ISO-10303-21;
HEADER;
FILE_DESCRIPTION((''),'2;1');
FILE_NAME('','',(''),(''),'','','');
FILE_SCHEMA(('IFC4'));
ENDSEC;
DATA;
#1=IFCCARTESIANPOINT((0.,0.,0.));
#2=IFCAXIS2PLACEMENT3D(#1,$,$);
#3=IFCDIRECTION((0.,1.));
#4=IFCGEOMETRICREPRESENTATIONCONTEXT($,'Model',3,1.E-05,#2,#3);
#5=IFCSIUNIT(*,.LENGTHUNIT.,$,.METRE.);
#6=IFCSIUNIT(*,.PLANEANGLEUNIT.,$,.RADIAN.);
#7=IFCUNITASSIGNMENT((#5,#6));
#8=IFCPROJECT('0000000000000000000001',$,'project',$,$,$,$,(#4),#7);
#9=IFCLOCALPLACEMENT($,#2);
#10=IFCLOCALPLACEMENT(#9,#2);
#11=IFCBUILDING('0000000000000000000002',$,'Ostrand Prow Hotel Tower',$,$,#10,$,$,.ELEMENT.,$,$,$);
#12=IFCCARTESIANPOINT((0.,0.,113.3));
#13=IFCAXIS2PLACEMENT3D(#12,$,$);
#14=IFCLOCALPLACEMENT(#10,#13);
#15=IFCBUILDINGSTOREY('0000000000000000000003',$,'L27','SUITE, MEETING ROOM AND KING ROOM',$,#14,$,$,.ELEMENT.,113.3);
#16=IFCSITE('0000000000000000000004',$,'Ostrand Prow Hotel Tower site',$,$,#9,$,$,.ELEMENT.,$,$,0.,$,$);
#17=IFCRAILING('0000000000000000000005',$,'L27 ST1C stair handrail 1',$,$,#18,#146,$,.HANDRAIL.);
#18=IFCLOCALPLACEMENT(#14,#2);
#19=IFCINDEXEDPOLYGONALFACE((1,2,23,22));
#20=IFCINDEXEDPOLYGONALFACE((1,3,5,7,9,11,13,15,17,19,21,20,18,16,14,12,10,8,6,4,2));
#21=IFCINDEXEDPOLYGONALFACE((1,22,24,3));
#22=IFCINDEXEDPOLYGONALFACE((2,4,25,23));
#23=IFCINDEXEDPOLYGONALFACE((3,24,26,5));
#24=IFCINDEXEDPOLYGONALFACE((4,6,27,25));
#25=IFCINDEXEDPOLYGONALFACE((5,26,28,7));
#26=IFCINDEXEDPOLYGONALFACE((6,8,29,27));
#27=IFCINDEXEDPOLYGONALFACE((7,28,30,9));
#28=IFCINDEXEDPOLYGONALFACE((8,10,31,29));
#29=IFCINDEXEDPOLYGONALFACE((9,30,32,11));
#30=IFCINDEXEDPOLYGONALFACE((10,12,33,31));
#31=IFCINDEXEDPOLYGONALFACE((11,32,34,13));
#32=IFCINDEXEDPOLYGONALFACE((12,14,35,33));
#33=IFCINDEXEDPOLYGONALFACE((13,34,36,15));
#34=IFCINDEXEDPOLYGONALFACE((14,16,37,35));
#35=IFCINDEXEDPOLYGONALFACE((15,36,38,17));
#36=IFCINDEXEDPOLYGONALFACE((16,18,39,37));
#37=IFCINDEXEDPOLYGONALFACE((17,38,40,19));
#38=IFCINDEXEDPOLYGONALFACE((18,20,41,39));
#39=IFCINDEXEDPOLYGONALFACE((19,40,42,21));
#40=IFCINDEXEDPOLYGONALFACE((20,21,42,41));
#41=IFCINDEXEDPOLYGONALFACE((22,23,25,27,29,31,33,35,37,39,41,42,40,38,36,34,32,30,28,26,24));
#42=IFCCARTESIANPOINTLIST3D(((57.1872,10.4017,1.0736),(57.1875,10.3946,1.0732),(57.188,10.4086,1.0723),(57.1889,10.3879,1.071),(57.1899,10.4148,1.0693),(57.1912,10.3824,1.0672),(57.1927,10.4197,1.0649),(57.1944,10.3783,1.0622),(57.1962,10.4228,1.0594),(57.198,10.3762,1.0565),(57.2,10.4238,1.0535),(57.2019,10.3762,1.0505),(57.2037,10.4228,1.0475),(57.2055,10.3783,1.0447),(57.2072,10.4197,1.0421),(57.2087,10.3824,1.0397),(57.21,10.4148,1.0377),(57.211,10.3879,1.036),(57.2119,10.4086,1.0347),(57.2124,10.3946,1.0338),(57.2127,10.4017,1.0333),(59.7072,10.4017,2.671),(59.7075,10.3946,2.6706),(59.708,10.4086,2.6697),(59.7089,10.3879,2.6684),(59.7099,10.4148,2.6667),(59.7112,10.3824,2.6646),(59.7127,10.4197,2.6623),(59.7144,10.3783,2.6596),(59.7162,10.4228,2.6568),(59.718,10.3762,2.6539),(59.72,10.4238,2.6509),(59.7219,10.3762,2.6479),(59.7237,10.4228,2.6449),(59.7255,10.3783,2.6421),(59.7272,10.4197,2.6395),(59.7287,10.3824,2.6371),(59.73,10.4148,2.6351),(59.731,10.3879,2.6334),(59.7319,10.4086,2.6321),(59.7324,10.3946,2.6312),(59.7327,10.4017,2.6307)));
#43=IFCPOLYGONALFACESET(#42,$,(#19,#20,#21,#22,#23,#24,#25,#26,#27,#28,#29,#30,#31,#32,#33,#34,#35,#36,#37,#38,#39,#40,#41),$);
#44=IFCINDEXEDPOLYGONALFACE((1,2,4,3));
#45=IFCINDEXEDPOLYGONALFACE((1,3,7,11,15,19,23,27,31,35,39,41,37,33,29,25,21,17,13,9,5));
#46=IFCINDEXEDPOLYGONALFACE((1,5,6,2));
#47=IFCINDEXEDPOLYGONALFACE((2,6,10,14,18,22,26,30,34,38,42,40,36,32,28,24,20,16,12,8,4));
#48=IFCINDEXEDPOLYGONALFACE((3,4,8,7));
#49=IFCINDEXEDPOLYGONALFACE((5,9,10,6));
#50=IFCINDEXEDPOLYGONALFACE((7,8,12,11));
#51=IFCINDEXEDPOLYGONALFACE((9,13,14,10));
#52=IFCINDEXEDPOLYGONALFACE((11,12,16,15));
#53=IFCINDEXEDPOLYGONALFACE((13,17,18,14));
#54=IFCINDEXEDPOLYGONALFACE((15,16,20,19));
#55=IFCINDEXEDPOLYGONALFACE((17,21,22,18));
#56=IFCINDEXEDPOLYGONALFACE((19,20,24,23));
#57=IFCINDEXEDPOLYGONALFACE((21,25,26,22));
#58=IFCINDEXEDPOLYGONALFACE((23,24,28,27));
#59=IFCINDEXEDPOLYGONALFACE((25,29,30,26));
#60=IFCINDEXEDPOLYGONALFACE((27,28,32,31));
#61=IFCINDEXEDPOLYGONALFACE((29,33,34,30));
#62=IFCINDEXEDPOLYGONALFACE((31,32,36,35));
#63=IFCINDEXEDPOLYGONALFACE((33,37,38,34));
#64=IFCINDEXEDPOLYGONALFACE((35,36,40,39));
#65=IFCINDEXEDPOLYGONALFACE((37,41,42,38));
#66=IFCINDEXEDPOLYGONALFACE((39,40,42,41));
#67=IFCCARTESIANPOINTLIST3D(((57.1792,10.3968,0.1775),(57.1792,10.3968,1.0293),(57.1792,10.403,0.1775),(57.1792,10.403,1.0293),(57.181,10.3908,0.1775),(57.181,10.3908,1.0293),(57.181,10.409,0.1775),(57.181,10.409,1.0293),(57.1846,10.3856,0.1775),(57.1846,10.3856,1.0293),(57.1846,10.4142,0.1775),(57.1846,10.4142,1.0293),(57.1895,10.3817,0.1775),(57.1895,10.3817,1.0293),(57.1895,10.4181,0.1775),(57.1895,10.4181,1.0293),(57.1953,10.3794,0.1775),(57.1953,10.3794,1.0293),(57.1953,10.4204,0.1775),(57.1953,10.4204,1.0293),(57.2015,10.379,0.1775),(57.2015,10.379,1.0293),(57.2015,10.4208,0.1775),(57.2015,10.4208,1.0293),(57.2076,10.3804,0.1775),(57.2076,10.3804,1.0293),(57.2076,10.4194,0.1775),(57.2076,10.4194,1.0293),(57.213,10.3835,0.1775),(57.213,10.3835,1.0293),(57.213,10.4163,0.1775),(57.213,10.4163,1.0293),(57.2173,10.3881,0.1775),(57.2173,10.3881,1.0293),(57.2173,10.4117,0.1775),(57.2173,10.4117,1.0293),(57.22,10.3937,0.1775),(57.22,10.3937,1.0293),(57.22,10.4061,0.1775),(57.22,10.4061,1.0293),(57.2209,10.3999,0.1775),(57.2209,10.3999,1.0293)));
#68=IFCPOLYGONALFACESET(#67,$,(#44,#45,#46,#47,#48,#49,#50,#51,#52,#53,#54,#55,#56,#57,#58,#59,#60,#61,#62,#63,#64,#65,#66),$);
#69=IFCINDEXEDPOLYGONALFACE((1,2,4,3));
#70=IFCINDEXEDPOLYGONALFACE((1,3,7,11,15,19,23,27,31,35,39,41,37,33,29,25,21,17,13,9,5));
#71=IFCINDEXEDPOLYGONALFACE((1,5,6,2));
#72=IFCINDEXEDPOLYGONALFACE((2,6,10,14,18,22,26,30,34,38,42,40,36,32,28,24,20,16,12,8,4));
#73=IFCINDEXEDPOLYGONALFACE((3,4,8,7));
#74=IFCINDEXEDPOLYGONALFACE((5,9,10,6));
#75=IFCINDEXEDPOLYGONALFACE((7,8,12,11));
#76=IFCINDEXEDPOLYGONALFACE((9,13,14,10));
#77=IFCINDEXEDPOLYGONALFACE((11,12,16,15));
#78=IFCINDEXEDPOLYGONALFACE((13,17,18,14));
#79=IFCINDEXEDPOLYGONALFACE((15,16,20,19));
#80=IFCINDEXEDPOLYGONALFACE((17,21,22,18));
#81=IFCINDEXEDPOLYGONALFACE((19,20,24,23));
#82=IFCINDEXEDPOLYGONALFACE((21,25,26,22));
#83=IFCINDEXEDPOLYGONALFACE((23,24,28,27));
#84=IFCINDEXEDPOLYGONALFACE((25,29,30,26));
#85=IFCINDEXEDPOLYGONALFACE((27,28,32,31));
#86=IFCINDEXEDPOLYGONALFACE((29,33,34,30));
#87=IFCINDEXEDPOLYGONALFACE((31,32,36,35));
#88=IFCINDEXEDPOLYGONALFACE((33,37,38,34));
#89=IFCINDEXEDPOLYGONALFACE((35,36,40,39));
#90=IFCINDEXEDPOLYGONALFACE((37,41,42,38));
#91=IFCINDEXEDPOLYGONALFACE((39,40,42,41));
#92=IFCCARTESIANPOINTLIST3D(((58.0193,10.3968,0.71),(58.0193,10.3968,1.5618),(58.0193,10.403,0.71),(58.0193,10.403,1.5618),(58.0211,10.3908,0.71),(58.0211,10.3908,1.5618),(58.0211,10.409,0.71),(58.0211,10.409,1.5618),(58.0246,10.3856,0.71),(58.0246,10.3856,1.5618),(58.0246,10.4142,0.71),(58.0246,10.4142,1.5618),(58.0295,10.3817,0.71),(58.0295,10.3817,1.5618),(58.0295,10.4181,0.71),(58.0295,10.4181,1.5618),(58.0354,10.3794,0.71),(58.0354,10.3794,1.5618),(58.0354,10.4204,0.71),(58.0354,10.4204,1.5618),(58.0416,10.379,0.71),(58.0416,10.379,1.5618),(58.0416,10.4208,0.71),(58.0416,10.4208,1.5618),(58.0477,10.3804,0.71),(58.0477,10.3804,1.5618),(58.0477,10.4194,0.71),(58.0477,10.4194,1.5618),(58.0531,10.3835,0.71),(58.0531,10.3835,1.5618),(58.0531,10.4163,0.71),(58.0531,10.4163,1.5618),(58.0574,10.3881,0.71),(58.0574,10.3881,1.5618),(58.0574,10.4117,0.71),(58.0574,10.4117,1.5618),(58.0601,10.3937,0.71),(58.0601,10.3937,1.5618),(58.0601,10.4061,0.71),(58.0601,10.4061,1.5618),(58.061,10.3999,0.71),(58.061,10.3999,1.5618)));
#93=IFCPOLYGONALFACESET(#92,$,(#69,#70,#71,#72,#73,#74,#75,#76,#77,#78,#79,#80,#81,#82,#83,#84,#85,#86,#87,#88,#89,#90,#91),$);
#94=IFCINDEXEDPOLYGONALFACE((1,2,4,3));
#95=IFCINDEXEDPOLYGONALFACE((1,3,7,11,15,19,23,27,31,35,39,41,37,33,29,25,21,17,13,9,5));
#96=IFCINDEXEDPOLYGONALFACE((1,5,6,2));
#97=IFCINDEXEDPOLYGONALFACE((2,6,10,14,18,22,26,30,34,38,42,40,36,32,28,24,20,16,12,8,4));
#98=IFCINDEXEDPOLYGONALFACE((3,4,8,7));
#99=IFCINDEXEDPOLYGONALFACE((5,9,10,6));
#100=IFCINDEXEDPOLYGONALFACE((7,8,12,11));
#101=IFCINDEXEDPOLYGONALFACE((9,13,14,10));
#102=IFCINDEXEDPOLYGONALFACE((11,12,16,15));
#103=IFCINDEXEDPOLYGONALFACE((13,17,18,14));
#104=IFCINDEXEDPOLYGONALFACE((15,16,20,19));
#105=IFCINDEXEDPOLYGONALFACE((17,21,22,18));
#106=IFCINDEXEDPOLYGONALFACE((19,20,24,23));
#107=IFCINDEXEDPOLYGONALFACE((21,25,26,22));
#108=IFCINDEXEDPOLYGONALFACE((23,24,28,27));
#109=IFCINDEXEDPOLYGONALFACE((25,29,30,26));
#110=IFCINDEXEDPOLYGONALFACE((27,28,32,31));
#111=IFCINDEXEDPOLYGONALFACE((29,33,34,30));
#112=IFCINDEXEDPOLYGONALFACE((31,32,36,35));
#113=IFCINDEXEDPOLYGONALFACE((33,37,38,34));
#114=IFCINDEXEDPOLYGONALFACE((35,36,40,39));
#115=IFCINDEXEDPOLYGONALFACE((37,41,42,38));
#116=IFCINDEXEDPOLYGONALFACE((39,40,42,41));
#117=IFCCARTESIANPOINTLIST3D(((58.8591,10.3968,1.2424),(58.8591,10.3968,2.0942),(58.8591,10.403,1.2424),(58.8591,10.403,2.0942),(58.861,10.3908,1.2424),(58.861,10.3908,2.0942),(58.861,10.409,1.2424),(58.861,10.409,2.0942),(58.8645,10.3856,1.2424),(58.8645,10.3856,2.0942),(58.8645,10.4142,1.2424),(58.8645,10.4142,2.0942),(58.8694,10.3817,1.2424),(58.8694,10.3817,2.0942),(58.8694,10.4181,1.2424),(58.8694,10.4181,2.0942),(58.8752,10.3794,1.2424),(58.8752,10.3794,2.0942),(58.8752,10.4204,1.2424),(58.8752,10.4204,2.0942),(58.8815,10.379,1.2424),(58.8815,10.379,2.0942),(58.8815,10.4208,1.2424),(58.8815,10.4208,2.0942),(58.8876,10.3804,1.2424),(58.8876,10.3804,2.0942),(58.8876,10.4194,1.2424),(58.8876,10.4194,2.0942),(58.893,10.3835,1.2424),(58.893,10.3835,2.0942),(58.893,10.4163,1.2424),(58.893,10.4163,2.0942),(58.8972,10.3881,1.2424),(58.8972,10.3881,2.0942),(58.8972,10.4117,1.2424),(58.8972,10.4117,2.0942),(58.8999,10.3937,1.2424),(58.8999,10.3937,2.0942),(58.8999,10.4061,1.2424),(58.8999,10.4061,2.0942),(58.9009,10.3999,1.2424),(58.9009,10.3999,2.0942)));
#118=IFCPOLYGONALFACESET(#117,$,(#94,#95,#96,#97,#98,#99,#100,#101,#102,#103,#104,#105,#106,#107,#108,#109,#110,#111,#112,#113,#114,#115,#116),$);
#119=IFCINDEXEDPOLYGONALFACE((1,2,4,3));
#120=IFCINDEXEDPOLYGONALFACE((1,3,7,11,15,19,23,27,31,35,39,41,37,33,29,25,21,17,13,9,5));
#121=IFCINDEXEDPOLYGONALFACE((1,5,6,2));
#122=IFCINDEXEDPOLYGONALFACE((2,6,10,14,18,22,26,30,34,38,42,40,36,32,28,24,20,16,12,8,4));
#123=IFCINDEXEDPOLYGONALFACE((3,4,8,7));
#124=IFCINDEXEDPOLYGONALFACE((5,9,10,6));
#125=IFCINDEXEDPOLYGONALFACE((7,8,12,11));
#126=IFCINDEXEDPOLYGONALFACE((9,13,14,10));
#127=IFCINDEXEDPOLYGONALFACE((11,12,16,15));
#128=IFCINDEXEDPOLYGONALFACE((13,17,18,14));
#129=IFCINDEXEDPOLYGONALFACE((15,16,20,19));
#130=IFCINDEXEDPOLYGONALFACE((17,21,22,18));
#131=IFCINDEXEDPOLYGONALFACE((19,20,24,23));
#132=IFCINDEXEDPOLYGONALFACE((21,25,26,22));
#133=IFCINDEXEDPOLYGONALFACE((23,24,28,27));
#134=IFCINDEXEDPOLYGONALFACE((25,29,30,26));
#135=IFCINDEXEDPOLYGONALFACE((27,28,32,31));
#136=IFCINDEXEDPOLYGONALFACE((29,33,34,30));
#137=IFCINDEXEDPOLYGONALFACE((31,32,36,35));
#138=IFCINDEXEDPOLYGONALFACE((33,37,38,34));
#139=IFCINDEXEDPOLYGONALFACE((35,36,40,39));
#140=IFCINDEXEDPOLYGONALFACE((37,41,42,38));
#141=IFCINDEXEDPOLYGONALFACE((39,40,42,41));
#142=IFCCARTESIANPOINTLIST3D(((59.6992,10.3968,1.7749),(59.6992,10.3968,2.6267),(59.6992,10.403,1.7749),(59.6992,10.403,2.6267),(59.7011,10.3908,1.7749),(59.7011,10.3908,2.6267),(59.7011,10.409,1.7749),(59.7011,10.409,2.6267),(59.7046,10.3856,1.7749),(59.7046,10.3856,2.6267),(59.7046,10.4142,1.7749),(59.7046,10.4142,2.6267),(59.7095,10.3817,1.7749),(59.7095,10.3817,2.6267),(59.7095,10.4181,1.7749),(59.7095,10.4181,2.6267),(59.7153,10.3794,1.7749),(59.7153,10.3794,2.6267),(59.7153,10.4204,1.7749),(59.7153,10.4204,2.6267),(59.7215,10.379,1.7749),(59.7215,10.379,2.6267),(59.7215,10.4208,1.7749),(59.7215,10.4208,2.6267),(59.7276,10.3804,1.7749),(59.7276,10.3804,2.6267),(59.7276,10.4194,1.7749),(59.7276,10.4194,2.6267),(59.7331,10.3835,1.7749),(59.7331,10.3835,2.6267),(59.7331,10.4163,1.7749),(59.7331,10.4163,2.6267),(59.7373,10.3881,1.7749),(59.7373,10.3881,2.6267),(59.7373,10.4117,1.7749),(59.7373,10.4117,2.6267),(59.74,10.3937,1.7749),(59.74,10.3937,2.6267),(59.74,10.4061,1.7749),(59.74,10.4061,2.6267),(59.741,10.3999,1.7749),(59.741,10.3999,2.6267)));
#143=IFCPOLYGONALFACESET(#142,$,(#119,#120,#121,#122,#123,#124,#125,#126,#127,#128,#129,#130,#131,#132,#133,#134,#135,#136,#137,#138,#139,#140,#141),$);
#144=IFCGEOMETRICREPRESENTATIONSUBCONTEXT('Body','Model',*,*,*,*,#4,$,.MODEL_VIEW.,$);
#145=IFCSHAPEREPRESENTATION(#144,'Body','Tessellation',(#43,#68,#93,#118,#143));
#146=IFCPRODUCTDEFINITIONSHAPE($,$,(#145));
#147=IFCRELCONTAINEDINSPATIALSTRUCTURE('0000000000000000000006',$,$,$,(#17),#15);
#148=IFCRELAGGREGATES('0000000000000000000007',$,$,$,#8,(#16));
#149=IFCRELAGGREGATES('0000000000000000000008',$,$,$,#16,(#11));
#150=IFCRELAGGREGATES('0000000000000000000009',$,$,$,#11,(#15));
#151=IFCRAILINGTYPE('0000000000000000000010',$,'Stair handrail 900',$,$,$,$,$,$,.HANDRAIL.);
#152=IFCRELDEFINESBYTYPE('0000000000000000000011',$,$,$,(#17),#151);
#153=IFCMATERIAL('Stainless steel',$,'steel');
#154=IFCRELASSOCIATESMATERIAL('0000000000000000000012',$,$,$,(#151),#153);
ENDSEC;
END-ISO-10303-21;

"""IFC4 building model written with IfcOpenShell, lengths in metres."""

from ifc_helpers import new_model, si_unit, direction, frame, origin, origin_2d, place, context, subcontext, project, spatial, circle, extrude, material, type_object, element, save


model = new_model("IFC4")

# Units and contexts
model_context = context("Model", 3, precision=1e-05, world=origin(), true_north=direction((0.0, 1.0)))
body_context = subcontext(model_context, "Body", "Model", "MODEL_VIEW")
ifc_project = project(units=[si_unit("LENGTHUNIT", "METRE"), si_unit("PLANEANGLEUNIT", "RADIAN")], contexts=[model_context])

# Site, building, storey
site_placement = place(None, origin())
site = spatial("IfcSite", under=ifc_project, at=site_placement, Name="Ostrand Prow Hotel Tower site", CompositionType="ELEMENT", RefElevation=0.0)
building_placement = place(site_placement, origin())
building = spatial("IfcBuilding", under=site, at=building_placement, Name="Ostrand Prow Hotel Tower", CompositionType="ELEMENT")
storey_placement = place(building_placement, frame((0.0, 0.0, 113.3)))
storey = spatial("IfcBuildingStorey", under=building, at=storey_placement, Name="L27", Description="SUITE, MEETING ROOM AND KING ROOM", CompositionType="ELEMENT", Elevation=113.3)

# Railing
ifc_material_1 = material(Name="Stainless steel", Category="steel")
railing_type_1 = type_object("IfcRailingType", Name="Stair handrail 900", PredefinedType="HANDRAIL", material=ifc_material_1)
railing_1_placement = place(storey_placement, frame((57.2, 10.3999, 0.1775)))
element("IfcRailing", 1, at=railing_1_placement, inside=storey, type_object=railing_type_1, Name="L27 ST1C stair handrail 1", PredefinedType="HANDRAIL", context=body_context, shape_type="SweptSolid", body=[
    extrude(circle(Radius=0.0239, at=origin_2d()), frame((0.0, 0.0, 0.876), z_axis=(0.844607, 0.0, 0.535387), x_axis=(0.0, 1.0, 0.0)), (0.0, 0.0, 1.0), 2.9836),
    extrude(circle(Radius=0.021, at=origin_2d()), origin(), (0.0, 0.0, 1.0), 0.8518),
    extrude(circle(Radius=0.021, at=origin_2d()), frame((0.8401, 0.0, 0.5325)), (0.0, 0.0, 1.0), 0.8518),
    extrude(circle(Radius=0.021, at=origin_2d()), frame((1.6799, 0.0, 1.0649)), (0.0, 0.0, 1.0), 0.8518),
    extrude(circle(Radius=0.021, at=origin_2d()), frame((2.52, 0.0, 1.5974)), (0.0, 0.0, 1.0), 0.8518),
])

save(model, "model.ifc")
